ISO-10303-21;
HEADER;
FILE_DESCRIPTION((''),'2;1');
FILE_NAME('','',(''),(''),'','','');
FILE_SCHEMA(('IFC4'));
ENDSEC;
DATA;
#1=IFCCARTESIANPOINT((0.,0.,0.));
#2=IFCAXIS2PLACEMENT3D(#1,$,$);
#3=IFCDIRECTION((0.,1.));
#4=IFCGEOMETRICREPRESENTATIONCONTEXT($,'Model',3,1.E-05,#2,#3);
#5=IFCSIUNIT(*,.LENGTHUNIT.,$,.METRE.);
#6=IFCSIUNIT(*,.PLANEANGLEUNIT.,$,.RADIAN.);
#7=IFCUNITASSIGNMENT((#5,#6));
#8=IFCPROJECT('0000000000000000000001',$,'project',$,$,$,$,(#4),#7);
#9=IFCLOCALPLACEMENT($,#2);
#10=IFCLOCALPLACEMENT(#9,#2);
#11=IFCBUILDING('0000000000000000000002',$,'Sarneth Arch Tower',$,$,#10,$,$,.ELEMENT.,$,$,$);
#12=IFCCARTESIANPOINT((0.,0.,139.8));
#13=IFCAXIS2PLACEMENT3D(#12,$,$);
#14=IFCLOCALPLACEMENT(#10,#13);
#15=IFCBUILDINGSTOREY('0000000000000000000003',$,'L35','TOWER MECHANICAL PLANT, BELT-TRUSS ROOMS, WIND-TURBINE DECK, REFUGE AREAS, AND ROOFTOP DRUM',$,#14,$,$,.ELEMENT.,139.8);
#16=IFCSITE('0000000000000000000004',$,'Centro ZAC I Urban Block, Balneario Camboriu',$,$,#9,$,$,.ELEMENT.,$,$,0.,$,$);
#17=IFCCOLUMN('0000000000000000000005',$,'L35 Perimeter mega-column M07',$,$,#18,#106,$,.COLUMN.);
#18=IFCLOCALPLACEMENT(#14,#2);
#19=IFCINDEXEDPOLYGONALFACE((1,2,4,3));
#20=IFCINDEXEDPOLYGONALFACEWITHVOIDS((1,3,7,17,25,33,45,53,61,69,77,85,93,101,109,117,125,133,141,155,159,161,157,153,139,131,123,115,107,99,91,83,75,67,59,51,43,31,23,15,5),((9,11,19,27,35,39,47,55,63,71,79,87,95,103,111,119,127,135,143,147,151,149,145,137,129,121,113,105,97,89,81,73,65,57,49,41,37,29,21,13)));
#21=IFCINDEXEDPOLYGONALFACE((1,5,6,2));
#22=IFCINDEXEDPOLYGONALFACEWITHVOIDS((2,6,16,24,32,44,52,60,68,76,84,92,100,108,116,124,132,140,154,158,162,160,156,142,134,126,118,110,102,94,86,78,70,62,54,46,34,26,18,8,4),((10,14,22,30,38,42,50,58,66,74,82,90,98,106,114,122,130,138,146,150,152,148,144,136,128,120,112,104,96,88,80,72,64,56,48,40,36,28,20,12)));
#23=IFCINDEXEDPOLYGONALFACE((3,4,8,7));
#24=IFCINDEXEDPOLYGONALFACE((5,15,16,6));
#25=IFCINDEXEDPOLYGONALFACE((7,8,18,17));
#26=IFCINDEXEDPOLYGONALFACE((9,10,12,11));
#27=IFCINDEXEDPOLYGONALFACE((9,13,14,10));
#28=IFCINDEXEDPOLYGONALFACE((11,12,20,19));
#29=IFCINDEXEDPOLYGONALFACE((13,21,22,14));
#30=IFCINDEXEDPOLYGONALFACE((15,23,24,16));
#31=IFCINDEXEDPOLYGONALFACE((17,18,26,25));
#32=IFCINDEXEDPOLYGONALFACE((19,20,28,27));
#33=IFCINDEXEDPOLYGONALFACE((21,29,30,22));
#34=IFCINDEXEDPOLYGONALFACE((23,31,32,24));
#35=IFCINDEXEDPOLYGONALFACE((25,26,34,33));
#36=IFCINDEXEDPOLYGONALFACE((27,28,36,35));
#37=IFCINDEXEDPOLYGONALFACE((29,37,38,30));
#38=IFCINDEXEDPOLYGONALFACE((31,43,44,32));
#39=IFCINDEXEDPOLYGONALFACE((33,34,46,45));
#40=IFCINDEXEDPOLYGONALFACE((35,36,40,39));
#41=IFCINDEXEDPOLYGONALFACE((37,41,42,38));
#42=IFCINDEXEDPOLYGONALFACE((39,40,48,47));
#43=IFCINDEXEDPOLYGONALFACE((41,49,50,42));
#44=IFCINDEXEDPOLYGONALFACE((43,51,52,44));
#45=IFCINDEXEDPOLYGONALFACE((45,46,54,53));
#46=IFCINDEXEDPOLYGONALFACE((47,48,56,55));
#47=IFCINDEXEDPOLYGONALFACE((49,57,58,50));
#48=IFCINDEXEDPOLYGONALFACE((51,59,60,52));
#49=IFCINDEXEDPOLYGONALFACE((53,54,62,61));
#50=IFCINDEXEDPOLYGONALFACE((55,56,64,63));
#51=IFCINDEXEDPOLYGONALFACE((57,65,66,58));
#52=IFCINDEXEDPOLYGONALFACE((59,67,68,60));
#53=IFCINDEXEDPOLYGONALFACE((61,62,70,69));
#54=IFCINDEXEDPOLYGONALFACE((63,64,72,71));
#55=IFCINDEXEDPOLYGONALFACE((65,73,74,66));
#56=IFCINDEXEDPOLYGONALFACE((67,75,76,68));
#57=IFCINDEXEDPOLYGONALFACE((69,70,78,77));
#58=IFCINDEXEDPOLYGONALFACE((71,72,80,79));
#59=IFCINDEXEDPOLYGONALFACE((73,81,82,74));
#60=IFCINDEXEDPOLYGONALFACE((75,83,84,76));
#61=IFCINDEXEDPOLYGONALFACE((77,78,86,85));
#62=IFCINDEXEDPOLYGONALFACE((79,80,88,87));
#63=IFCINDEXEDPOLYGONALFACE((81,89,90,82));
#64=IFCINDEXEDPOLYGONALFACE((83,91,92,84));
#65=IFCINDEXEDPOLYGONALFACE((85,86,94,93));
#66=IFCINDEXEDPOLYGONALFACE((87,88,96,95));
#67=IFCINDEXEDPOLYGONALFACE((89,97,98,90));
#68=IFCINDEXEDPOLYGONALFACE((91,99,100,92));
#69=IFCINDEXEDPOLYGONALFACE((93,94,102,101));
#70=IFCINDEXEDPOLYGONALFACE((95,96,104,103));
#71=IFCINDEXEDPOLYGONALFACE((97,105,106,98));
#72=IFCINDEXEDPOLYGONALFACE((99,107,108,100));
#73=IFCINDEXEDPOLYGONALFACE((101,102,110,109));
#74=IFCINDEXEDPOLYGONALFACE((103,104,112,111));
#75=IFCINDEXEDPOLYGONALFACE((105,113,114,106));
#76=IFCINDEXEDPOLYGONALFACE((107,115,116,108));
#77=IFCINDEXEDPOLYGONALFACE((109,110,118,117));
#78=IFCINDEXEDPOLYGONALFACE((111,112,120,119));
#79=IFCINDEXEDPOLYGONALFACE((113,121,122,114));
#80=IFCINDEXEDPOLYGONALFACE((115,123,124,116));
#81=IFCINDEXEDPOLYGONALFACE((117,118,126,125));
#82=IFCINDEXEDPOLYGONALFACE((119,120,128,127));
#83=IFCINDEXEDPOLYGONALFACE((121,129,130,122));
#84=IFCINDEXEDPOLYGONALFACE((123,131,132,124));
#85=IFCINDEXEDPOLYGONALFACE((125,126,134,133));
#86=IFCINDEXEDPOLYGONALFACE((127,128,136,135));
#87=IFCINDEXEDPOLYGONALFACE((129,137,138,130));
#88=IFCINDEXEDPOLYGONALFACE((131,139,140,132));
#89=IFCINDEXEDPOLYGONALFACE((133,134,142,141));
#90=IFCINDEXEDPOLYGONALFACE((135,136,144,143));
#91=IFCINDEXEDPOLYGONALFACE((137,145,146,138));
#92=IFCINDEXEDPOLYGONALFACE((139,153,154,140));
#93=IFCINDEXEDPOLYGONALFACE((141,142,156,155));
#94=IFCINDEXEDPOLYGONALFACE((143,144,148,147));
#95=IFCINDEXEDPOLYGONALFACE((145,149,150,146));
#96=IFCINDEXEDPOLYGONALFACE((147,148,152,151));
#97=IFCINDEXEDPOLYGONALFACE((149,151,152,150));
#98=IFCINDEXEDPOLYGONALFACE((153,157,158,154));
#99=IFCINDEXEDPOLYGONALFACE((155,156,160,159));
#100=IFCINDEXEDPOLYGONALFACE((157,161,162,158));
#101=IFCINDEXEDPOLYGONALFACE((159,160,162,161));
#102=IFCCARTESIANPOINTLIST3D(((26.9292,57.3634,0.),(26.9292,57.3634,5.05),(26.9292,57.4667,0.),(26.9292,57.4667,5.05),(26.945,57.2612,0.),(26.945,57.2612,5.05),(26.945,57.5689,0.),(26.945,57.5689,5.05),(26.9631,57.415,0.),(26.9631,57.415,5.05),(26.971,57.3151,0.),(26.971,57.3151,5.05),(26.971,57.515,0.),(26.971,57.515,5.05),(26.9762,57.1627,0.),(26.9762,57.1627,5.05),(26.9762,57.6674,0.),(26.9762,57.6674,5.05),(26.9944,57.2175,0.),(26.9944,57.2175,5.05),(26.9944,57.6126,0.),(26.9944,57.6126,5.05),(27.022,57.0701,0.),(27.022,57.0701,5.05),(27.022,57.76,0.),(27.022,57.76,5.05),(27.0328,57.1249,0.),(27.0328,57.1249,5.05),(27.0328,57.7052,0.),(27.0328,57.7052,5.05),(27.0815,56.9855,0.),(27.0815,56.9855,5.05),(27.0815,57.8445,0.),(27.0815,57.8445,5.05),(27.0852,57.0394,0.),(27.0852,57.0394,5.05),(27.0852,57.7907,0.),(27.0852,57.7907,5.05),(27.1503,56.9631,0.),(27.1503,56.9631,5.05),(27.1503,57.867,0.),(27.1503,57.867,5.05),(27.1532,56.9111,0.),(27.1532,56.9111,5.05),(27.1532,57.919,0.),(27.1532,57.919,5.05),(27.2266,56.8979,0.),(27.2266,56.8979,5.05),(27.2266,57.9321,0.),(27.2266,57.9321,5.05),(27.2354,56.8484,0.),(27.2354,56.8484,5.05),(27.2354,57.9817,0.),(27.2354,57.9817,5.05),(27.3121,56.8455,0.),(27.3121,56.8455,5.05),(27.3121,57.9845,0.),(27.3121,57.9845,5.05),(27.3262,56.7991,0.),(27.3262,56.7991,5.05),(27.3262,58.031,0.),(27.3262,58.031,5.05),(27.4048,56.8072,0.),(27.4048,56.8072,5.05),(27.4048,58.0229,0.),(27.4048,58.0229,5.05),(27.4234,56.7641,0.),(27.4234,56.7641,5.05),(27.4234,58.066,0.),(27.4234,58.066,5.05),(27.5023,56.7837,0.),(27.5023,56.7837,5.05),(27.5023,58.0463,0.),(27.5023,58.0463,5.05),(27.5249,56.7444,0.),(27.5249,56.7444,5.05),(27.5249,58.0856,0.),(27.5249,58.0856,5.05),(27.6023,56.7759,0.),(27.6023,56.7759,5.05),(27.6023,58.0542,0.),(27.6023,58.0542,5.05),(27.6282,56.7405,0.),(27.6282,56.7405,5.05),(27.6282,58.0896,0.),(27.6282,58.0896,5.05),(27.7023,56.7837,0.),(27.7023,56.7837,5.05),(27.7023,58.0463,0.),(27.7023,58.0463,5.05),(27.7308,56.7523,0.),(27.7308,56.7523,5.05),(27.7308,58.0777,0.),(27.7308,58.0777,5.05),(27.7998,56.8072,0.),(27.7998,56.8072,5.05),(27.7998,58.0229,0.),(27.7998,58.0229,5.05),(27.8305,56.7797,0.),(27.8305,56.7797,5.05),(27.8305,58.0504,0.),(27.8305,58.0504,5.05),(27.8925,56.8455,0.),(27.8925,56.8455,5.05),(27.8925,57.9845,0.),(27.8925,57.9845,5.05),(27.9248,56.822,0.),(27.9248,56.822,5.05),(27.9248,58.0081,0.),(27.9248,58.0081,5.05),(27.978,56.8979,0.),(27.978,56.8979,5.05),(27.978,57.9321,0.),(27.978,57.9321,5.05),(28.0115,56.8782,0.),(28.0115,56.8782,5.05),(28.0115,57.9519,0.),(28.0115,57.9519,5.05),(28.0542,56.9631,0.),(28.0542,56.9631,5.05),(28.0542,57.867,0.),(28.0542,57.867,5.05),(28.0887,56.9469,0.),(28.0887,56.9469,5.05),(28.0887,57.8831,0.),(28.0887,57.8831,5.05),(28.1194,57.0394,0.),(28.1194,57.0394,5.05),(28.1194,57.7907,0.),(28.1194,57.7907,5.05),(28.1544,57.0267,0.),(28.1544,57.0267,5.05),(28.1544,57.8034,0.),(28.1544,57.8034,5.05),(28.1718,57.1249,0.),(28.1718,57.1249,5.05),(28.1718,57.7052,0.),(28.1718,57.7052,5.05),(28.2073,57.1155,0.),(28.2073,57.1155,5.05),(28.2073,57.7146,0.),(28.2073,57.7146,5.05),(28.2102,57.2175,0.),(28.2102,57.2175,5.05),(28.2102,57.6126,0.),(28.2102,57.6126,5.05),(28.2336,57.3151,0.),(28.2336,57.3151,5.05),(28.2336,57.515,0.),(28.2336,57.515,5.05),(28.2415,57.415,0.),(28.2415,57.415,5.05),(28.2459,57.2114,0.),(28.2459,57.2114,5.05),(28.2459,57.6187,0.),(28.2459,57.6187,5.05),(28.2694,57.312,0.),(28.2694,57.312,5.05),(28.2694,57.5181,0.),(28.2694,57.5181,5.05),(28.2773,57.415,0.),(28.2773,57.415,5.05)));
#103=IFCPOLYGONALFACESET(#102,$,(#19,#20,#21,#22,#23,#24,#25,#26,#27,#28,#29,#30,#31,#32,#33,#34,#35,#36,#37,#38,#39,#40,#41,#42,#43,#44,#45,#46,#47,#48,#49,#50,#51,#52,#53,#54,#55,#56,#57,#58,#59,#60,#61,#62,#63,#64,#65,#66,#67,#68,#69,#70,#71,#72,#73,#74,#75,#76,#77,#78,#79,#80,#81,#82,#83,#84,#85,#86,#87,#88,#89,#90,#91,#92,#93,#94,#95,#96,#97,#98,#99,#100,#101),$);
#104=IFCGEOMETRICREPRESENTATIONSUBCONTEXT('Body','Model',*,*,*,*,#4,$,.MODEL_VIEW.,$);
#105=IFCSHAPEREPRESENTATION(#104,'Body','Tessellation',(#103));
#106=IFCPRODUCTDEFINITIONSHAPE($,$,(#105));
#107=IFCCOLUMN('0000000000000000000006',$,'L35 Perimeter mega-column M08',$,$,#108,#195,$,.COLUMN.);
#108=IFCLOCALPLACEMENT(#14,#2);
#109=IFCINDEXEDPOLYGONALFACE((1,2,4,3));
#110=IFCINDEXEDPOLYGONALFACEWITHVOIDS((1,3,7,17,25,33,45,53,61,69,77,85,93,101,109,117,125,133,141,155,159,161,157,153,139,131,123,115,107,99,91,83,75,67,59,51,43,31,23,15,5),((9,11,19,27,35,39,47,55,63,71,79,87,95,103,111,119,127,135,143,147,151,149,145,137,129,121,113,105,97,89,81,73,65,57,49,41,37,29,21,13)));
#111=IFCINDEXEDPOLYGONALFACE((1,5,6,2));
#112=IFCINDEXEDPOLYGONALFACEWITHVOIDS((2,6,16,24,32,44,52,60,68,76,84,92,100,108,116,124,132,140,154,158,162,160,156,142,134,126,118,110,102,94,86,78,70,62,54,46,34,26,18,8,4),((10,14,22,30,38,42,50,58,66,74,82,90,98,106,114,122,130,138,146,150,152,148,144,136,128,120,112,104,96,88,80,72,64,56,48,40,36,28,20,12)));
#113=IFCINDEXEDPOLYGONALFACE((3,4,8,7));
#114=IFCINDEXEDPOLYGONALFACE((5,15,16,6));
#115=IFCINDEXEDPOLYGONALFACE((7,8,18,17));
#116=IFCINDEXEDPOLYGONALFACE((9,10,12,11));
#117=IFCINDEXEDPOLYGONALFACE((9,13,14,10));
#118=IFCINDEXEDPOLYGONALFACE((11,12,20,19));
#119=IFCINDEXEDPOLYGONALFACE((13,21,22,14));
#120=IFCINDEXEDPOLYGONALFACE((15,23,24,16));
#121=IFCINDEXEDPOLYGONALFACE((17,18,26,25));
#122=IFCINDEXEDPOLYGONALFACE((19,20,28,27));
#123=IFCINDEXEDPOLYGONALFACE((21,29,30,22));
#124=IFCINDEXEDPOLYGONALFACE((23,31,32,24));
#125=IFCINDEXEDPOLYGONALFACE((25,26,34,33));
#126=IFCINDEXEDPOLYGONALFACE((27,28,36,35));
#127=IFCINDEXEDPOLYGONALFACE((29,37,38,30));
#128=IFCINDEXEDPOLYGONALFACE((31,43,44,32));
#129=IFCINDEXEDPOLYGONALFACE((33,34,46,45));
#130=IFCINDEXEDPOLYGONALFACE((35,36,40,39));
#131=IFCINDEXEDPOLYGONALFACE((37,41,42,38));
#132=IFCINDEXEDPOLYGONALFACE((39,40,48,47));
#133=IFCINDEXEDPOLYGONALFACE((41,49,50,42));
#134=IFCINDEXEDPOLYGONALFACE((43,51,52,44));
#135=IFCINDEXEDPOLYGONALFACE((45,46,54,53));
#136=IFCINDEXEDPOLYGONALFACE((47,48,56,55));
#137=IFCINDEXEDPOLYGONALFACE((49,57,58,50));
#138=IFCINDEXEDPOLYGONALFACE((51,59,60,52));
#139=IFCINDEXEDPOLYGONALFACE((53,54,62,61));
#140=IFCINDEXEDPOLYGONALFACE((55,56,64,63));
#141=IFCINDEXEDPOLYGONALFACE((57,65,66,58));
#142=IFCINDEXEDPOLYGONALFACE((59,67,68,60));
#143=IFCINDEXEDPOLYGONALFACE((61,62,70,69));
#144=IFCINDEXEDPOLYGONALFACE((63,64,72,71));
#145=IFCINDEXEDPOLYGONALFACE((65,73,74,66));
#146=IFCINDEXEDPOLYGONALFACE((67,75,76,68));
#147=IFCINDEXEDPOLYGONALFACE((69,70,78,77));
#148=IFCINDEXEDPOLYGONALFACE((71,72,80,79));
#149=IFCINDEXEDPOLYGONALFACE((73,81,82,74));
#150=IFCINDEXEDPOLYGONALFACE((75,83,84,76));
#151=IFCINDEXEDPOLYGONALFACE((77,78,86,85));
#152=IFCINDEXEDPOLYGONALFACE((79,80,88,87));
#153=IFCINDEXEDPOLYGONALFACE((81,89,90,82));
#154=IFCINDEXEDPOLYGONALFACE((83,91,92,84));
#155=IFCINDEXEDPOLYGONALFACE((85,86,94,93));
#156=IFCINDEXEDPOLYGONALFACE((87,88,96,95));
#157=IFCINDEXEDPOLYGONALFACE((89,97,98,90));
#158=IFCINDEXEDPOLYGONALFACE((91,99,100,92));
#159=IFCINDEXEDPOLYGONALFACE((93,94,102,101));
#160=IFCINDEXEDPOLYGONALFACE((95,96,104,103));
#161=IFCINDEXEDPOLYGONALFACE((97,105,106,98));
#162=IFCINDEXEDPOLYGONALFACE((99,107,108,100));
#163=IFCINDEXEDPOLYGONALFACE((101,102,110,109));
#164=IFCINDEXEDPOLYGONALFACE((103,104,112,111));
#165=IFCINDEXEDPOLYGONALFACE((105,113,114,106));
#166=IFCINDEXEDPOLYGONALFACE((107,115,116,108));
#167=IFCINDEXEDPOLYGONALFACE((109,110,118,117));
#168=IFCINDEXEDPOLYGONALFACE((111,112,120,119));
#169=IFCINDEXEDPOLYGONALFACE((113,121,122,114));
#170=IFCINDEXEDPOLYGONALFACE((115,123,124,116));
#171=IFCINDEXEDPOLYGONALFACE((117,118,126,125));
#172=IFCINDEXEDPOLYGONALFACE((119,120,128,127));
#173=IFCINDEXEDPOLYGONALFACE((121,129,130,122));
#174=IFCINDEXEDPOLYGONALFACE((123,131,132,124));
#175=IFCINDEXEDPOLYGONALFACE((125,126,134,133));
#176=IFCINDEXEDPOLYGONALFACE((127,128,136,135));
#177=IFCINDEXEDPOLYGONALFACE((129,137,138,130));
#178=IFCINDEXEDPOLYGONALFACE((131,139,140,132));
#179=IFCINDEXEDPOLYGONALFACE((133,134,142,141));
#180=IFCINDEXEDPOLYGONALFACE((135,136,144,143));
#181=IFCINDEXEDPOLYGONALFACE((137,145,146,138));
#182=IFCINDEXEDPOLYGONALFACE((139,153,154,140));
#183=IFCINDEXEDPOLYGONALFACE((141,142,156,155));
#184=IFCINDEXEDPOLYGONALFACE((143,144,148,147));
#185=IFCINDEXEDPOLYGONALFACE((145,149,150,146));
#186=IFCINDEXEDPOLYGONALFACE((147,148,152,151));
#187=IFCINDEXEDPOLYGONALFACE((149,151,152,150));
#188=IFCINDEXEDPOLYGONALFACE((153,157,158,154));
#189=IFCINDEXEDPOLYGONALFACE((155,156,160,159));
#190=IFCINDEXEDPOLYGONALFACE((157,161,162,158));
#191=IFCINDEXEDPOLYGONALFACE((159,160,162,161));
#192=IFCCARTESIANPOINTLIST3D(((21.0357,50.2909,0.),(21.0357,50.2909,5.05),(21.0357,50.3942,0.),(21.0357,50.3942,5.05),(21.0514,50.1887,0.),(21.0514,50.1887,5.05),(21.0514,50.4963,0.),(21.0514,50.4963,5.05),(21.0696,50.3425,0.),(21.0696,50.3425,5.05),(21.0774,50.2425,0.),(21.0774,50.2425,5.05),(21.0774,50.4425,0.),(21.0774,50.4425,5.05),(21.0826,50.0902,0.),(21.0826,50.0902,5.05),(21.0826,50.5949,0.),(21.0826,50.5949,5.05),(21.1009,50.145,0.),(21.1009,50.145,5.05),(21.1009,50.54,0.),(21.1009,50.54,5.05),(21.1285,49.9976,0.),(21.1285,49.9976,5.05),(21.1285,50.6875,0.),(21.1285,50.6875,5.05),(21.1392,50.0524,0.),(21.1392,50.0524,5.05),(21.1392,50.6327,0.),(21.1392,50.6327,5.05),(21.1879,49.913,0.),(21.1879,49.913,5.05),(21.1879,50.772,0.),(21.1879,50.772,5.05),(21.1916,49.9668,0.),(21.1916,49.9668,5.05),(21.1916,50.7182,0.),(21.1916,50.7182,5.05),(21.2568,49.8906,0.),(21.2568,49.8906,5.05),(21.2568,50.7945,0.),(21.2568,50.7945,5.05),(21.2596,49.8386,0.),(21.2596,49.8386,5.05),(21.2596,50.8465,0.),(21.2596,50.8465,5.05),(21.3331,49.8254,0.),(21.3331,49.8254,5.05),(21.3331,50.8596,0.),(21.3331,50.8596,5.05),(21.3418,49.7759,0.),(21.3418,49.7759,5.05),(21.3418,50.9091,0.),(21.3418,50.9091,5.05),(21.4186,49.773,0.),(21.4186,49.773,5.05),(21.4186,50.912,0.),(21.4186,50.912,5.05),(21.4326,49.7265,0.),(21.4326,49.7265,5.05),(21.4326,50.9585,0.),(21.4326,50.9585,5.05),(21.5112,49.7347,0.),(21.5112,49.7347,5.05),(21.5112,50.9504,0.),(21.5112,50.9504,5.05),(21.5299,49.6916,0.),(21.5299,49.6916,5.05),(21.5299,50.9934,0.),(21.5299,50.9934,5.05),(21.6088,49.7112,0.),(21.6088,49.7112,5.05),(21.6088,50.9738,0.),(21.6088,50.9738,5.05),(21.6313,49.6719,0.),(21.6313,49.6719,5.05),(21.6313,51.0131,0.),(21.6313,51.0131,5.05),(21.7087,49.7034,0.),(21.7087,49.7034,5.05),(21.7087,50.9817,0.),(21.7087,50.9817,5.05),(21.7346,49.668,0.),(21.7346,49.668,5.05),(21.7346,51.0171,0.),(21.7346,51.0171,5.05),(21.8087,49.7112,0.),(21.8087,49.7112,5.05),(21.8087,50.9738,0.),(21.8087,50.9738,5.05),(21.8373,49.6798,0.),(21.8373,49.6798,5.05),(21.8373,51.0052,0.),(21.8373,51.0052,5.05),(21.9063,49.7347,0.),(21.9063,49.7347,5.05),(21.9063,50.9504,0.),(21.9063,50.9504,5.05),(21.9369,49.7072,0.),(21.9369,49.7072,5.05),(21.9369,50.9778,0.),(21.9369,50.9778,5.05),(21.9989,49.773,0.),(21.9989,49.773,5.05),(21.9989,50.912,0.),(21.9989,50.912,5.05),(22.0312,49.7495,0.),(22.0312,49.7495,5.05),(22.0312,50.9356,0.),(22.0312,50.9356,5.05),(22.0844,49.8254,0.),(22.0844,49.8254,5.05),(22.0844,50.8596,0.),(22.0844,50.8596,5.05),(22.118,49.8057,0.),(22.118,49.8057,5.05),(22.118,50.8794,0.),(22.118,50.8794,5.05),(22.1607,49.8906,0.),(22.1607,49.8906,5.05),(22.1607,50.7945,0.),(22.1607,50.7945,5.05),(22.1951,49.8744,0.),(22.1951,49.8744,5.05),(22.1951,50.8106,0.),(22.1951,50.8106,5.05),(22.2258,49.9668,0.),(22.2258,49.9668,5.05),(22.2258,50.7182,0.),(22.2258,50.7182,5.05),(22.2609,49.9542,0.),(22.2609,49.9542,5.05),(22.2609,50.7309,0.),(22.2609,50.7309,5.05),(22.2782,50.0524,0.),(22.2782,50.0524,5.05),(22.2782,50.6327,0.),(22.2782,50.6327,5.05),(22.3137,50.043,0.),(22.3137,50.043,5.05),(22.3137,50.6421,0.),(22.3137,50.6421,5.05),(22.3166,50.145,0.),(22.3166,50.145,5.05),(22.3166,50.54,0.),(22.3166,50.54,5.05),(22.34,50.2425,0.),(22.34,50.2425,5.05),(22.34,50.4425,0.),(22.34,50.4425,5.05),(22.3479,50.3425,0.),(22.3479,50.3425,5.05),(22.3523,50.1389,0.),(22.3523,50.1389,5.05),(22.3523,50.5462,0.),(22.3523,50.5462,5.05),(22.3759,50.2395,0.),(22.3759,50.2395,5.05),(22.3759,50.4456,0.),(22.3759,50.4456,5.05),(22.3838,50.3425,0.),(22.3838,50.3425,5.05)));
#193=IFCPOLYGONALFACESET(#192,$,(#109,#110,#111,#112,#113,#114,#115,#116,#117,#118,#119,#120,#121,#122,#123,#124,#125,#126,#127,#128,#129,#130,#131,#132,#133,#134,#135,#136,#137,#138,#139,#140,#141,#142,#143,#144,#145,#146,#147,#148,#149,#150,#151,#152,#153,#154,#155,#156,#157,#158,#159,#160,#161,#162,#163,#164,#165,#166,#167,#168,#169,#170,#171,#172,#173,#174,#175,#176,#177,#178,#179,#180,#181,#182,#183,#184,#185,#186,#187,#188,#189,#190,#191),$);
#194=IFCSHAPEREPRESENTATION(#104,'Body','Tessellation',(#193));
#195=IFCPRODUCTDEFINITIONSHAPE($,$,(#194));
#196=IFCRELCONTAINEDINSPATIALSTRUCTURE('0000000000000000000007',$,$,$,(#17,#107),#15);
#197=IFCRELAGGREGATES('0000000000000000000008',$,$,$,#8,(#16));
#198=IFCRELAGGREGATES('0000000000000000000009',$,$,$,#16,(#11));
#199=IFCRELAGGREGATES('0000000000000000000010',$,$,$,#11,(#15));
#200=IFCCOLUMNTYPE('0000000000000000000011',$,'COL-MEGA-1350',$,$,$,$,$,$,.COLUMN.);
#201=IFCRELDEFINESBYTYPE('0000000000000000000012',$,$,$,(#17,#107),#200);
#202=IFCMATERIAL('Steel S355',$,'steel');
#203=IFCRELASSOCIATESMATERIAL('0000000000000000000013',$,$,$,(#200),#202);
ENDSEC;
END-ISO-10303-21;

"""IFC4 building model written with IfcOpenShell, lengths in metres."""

from ifc_helpers import new_model, si_unit, direction, frame, origin, origin_2d, place, context, subcontext, project, spatial, hollow_circle, extrude, material, material_profile, profile_set, type_object, element, save


model = new_model("IFC4")

# Units and contexts
model_context = context("Model", 3, precision=1e-05, world=origin(), true_north=direction((0.0, 1.0)))
body_context = subcontext(model_context, "Body", "Model", "MODEL_VIEW")
ifc_project = project(units=[si_unit("LENGTHUNIT", "METRE"), si_unit("PLANEANGLEUNIT", "RADIAN")], contexts=[model_context])

# Site, building, storey
site_placement = place(None, origin())
site = spatial("IfcSite", under=ifc_project, at=site_placement, Name="Centro ZAC I Urban Block, Balneario Camboriu", CompositionType="ELEMENT", RefElevation=0.0)
building_placement = place(site_placement, origin())
building = spatial("IfcBuilding", under=site, at=building_placement, Name="Sarneth Arch Tower", CompositionType="ELEMENT")
storey_placement = place(building_placement, frame((0.0, 0.0, 139.8)))
storey = spatial("IfcBuildingStorey", under=building, at=storey_placement, Name="L35", Description="TOWER MECHANICAL PLANT, BELT-TRUSS ROOMS, WIND-TURBINE DECK, REFUGE AREAS, AND ROOFTOP DRUM", CompositionType="ELEMENT", Elevation=139.8)

# Columns
ifc_material_1 = material(Name="Steel S355", Category="steel")
ifc_material_profile_1 = material_profile(ifc_material_1, hollow_circle(Radius=0.675, WallThickness=0.0359, at=origin_2d()), Name="CHS1350x36")
ifc_profile_set_1 = profile_set([ifc_material_profile_1], Name="Steel S355")
column_type = type_object("IfcColumnType", Name="COL-MEGA-1350", PredefinedType="COLUMN", material=ifc_profile_set_1)
for number, where, z_axis, x_axis, name in (
    (1, (27.6023, 57.415, 0.0), (0.0, 0.0, 1.0), (1.0, 0.0, 0.0), "L35 Perimeter mega-column M07"),
    (2, (21.7087, 50.3425, 0.0), (0.0, 0.0, 1.0), (1.0, 0.0, 0.0), "L35 Perimeter mega-column M08"),
):
    element("IfcColumn", number, at=place(storey_placement, frame(where, z_axis=z_axis, x_axis=x_axis)), inside=storey, type_object=column_type, Name=name, PredefinedType="COLUMN", context=body_context, shape_type="SweptSolid", body=[
        extrude(hollow_circle(Radius=0.675, WallThickness=0.0359, at=origin_2d()), origin(), (0.0, 0.0, 1.0), 5.05),
    ])

save(model, "model.ifc")
